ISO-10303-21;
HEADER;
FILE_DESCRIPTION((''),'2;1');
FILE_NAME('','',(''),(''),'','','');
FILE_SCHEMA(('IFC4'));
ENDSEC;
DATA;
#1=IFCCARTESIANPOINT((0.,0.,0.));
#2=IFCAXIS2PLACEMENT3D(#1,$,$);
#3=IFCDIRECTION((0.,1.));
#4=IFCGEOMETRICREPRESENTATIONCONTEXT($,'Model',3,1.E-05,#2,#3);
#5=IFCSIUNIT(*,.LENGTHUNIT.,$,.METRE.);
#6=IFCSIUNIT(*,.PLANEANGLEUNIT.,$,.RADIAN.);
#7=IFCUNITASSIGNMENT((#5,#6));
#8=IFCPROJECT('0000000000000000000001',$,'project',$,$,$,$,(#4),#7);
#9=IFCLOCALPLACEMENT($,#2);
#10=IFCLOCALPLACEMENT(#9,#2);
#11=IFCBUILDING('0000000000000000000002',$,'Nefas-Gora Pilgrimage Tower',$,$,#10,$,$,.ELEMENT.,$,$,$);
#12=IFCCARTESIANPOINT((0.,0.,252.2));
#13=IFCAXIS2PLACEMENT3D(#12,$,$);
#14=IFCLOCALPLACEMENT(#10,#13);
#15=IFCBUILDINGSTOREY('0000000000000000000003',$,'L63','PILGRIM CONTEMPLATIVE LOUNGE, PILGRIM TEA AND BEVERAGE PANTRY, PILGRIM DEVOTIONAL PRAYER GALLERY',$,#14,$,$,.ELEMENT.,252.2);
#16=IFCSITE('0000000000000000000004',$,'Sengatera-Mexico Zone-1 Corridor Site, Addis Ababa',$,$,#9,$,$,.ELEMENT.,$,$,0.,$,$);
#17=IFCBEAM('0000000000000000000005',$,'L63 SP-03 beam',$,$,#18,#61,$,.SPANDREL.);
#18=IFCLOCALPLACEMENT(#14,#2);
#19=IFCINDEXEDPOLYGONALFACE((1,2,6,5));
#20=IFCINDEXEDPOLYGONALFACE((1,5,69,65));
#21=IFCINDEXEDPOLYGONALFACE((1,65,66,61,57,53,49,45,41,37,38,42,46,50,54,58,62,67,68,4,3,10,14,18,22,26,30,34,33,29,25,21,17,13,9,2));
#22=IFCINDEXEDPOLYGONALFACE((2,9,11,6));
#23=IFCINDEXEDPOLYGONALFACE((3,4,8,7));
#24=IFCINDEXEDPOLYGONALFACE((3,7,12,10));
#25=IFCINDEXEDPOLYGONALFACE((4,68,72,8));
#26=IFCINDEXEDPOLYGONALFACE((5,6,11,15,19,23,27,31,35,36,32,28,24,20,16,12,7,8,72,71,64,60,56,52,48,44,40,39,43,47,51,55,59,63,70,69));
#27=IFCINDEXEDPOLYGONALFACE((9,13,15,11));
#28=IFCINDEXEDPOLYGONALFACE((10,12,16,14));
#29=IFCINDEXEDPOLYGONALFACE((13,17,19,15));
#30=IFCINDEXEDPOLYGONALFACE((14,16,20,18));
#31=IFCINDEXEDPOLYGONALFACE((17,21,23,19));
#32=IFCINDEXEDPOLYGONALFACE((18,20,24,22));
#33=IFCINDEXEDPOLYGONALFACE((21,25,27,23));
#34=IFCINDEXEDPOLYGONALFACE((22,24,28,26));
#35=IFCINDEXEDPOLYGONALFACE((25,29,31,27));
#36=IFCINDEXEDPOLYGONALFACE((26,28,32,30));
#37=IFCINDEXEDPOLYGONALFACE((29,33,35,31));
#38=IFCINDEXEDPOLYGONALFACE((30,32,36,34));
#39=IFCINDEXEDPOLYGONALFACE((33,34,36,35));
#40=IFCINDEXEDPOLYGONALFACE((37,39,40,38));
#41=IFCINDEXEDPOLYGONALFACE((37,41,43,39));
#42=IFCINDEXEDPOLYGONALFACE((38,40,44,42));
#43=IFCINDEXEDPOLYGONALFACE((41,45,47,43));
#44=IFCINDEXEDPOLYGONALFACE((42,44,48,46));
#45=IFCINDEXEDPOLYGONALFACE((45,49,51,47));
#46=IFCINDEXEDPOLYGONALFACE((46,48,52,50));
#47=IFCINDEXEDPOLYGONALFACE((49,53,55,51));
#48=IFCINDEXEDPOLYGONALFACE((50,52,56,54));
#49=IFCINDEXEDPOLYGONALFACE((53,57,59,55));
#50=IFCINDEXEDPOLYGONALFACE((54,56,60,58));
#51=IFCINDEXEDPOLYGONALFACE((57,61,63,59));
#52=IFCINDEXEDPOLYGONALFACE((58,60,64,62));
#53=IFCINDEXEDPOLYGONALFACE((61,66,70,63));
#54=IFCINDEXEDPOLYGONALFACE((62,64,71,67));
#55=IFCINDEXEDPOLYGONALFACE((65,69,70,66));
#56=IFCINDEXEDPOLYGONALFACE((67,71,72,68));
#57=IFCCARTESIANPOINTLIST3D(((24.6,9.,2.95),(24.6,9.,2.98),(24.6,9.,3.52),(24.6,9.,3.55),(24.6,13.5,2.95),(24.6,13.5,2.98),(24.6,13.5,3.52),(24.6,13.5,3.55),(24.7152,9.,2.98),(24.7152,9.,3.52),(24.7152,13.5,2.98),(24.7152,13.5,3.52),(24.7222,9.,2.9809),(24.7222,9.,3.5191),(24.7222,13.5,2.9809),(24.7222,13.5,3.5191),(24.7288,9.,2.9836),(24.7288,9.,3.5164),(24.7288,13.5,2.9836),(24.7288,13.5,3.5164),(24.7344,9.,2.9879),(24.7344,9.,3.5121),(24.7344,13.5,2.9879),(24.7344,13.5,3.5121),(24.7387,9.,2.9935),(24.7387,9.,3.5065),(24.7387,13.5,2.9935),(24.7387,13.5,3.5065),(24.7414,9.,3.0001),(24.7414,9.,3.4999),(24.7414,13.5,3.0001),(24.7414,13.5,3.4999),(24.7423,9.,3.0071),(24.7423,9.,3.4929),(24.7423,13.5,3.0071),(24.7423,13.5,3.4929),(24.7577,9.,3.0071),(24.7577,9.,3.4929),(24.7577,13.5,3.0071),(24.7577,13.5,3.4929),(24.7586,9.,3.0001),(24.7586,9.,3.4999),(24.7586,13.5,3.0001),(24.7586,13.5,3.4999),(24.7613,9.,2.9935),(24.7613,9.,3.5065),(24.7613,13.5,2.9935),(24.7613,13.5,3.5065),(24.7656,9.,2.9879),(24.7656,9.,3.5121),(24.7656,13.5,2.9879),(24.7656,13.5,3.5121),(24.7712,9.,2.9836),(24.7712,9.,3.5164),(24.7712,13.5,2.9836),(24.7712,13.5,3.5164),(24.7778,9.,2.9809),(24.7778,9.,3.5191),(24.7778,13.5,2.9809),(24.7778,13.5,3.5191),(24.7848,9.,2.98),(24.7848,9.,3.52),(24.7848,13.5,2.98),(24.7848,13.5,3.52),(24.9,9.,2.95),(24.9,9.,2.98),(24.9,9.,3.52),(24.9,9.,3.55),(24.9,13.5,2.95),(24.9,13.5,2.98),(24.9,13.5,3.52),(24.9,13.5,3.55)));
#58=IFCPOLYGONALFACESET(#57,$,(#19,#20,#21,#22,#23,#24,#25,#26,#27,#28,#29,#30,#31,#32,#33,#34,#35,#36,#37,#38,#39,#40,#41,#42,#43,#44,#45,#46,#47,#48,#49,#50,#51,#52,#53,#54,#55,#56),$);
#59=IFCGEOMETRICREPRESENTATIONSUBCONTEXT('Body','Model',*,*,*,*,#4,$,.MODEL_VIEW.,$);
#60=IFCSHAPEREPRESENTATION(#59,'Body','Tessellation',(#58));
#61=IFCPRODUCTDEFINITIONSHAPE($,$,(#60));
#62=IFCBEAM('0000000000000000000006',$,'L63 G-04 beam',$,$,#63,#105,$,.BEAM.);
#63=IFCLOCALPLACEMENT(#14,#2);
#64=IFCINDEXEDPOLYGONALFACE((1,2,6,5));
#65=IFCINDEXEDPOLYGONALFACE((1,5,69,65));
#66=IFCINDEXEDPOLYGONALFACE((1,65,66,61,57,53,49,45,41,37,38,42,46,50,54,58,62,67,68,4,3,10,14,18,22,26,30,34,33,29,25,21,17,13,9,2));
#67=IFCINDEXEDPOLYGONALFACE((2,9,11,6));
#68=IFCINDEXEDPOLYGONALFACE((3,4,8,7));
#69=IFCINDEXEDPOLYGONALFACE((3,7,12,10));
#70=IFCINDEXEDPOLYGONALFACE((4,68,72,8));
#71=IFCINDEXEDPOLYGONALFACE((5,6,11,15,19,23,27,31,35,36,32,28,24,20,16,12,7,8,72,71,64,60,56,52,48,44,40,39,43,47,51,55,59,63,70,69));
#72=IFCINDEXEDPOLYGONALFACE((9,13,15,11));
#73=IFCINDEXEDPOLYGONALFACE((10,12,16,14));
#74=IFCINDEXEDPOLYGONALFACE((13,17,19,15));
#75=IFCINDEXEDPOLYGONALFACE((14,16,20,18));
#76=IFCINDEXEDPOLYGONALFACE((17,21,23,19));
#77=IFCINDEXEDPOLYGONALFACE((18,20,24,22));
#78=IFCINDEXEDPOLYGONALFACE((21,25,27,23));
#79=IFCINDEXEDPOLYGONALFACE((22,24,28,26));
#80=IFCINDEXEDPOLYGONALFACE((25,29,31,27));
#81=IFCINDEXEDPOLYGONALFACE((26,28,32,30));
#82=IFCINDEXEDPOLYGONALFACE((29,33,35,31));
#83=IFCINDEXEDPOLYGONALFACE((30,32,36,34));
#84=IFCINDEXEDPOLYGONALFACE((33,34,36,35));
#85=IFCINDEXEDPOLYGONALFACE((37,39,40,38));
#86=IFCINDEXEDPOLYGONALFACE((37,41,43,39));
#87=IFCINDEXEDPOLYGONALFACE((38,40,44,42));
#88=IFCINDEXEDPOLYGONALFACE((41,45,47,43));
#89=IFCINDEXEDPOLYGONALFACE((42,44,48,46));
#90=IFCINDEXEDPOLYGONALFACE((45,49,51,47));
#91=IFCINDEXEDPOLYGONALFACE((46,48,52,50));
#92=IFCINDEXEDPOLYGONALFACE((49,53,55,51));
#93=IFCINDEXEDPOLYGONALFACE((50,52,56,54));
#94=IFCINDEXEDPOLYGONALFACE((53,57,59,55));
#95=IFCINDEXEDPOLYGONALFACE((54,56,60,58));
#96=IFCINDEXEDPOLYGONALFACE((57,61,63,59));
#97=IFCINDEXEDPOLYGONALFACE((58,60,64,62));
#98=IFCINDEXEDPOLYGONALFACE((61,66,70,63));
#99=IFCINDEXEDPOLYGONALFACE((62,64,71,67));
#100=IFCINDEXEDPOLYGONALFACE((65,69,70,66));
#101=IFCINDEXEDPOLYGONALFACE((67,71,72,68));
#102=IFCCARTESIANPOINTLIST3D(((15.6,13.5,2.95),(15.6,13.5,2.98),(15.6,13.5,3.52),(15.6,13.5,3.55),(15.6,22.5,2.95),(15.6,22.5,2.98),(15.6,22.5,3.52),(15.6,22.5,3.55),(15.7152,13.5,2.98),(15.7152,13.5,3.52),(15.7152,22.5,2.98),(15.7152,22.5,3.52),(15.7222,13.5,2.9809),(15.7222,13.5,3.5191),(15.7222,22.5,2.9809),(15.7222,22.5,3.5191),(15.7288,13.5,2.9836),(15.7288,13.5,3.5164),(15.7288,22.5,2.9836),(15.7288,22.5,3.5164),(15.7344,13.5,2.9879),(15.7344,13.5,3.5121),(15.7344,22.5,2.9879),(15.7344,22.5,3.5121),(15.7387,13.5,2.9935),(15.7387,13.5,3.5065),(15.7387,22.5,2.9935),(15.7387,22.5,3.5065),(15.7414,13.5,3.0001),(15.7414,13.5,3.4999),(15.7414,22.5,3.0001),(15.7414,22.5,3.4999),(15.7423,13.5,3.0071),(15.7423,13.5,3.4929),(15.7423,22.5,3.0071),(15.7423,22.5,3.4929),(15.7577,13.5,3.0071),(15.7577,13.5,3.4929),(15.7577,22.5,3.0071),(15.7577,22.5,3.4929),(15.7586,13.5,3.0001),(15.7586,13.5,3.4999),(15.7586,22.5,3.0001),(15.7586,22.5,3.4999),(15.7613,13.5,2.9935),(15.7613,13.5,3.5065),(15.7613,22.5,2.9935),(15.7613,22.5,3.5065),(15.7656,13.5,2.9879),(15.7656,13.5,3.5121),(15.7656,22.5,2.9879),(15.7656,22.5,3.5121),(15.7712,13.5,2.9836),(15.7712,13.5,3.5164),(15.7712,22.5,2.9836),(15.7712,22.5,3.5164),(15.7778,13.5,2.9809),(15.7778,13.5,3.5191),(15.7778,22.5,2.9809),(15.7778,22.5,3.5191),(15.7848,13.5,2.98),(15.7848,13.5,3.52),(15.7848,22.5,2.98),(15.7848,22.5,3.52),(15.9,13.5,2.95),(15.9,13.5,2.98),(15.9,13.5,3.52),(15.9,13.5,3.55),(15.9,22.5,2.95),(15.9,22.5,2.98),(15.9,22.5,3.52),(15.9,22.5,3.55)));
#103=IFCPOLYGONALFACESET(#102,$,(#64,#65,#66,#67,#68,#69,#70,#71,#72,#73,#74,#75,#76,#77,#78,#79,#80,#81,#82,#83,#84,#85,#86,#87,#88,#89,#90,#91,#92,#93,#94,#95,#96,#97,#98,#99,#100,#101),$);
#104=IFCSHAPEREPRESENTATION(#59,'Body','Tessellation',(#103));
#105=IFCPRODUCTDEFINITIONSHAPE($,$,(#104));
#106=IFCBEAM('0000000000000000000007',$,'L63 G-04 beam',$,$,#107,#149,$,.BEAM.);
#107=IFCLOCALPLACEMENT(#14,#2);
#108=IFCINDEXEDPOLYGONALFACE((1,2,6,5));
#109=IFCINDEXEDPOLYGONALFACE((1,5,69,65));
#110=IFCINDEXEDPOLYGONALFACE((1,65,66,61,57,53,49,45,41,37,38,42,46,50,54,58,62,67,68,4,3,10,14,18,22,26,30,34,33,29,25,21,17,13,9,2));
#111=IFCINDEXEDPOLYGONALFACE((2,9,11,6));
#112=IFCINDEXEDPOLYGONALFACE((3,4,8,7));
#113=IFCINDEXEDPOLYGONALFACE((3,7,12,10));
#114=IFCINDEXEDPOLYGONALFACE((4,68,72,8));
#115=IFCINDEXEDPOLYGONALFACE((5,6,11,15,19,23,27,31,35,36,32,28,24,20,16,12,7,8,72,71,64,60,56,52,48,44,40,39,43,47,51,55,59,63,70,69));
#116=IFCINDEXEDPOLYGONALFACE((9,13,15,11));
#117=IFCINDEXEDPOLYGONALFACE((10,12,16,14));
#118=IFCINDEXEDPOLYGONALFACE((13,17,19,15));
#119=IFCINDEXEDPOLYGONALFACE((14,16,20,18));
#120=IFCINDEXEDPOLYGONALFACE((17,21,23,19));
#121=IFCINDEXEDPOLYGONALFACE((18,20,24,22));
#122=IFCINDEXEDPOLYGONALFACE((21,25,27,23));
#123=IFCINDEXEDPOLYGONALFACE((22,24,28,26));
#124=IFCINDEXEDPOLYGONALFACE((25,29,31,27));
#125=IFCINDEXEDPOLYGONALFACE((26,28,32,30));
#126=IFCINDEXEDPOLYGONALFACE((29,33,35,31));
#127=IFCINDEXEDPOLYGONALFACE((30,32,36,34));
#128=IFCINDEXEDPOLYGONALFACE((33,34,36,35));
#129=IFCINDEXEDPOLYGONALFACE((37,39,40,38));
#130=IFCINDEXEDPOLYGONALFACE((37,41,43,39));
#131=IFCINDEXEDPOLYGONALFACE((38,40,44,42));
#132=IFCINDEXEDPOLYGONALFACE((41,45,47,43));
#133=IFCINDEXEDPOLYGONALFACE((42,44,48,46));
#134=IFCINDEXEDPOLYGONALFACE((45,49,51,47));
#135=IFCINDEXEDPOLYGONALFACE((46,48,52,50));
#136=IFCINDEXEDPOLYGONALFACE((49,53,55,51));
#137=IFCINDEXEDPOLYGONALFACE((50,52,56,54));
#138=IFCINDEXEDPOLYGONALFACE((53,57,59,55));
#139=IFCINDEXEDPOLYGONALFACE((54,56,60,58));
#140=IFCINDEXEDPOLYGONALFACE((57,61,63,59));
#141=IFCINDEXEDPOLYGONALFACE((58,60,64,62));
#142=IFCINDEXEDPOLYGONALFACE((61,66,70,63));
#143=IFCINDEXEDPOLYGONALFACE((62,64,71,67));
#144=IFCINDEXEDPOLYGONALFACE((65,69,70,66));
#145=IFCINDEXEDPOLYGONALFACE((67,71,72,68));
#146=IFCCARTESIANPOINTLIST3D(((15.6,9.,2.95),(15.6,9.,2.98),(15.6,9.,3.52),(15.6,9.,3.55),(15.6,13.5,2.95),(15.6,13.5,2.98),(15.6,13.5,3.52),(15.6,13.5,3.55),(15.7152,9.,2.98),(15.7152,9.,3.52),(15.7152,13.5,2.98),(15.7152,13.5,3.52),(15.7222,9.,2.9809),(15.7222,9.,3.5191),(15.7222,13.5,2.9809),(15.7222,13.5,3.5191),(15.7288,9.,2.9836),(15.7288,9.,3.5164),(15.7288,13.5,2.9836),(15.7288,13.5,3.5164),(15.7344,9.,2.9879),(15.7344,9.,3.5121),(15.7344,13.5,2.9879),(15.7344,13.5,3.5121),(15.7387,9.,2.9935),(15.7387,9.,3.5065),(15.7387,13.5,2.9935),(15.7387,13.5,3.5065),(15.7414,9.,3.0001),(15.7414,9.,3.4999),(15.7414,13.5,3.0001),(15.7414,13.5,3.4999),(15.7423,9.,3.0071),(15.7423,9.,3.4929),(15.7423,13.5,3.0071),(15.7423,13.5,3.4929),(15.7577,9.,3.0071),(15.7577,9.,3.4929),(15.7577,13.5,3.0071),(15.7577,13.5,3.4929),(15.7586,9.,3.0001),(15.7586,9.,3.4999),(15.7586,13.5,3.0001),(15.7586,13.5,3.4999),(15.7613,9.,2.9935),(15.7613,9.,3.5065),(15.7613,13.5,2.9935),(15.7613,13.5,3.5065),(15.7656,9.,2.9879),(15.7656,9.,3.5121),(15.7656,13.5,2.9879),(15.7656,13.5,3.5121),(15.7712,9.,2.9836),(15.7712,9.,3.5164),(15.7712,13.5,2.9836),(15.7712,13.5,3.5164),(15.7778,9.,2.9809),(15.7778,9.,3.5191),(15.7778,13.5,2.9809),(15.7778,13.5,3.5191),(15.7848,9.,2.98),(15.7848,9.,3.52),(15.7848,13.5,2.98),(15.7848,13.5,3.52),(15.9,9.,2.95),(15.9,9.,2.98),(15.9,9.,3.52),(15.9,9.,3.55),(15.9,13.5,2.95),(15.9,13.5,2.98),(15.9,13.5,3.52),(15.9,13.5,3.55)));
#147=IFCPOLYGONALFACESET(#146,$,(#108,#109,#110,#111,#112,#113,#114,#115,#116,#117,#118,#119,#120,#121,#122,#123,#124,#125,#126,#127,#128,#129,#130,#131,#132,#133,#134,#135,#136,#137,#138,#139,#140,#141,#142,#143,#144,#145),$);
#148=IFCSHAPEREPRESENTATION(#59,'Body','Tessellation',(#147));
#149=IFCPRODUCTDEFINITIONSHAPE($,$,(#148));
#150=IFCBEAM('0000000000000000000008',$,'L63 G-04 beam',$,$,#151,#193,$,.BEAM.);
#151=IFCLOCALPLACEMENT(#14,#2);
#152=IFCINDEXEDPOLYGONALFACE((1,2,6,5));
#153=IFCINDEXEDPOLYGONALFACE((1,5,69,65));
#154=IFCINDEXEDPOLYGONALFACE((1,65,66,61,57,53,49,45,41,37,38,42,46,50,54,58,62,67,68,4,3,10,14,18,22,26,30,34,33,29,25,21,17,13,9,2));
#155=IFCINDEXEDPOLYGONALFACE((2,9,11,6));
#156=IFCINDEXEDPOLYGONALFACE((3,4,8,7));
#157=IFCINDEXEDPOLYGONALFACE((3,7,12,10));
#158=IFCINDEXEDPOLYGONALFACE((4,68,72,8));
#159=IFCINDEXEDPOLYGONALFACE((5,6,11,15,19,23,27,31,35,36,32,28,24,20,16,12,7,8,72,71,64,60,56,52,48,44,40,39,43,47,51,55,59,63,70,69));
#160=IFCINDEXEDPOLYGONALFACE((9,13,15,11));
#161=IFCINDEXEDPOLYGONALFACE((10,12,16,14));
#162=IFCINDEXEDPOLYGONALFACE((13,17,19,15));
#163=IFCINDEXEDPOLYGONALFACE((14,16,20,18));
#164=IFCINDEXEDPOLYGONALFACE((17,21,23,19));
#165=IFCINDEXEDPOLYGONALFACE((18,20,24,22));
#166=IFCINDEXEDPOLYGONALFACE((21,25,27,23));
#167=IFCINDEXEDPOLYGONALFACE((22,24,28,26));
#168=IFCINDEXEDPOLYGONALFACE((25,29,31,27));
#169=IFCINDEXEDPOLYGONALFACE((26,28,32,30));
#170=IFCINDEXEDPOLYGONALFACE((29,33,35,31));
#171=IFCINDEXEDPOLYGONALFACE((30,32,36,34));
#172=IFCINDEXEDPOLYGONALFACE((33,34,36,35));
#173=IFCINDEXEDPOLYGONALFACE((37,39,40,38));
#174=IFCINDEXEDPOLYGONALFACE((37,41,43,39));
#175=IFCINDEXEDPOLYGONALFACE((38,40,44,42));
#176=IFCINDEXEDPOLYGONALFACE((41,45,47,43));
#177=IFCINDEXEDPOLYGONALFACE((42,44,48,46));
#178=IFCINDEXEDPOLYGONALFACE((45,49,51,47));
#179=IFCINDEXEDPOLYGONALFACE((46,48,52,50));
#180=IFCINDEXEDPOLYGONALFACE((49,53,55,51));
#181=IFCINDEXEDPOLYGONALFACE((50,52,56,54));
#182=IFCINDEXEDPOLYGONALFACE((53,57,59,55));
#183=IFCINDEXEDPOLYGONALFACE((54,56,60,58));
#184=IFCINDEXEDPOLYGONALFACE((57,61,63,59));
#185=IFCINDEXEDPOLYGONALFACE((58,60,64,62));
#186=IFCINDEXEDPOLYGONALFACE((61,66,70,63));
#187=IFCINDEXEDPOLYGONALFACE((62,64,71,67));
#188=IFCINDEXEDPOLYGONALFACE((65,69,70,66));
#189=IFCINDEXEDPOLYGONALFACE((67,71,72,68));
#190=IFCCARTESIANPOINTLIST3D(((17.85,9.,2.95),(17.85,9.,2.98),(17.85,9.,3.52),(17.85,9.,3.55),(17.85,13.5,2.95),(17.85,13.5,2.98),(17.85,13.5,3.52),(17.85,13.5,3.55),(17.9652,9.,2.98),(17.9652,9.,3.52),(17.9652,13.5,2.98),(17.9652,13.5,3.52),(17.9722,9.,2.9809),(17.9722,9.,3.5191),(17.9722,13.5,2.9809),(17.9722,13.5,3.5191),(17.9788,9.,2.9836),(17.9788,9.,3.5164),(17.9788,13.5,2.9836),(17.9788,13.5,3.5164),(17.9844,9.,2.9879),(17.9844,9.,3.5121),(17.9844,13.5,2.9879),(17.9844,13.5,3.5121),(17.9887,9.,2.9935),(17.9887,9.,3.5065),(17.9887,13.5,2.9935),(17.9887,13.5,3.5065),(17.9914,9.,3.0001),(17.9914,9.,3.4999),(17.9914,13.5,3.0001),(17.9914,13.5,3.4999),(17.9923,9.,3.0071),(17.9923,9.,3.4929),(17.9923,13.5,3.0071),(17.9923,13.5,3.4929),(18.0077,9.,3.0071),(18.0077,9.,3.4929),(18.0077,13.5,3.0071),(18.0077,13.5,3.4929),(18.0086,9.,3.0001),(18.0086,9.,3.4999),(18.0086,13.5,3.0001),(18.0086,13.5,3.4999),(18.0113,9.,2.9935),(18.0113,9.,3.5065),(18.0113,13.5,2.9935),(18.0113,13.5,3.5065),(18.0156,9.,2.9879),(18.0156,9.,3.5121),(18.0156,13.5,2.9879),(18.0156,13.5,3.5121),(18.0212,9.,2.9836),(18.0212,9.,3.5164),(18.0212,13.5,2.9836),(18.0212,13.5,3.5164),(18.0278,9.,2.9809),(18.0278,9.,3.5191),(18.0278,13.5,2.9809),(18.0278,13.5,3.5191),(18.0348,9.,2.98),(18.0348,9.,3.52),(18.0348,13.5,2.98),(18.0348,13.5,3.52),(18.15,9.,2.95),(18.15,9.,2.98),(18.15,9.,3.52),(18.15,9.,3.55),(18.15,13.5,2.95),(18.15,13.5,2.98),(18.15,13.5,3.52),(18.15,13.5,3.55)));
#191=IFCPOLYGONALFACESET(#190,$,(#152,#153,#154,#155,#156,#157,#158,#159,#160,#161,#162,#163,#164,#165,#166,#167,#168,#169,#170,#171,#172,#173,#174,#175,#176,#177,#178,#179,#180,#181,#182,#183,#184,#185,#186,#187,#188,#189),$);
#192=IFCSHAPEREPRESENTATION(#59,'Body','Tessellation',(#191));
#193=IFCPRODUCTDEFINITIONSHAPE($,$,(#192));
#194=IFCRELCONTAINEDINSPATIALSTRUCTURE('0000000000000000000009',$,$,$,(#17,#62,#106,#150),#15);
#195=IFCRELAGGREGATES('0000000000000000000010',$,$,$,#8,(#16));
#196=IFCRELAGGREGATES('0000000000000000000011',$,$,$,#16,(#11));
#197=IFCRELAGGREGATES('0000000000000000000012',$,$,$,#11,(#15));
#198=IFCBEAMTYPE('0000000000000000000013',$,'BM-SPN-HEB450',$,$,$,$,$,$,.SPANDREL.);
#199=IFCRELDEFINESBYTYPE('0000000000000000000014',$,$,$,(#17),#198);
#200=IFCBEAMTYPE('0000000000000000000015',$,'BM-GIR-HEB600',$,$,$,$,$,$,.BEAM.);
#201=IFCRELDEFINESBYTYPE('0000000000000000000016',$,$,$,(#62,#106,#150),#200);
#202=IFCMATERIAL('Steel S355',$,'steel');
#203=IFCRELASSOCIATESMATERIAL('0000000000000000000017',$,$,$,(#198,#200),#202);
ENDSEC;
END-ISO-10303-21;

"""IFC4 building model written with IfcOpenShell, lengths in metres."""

from ifc_helpers import new_model, si_unit, direction, frame, origin, origin_2d, place, context, subcontext, project, spatial, i_section, extrude, source, transform, mapped, material, material_profile, profile_set, type_object, element, save


model = new_model("IFC4")

# Units and contexts
model_context = context("Model", 3, precision=1e-05, world=origin(), true_north=direction((0.0, 1.0)))
body_context = subcontext(model_context, "Body", "Model", "MODEL_VIEW")
ifc_project = project(units=[si_unit("LENGTHUNIT", "METRE"), si_unit("PLANEANGLEUNIT", "RADIAN")], contexts=[model_context])

# Site, building, storey
site_placement = place(None, origin())
site = spatial("IfcSite", under=ifc_project, at=site_placement, Name="Sengatera-Mexico Zone-1 Corridor Site, Addis Ababa", CompositionType="ELEMENT", RefElevation=0.0)
building_placement = place(site_placement, origin())
building = spatial("IfcBuilding", under=site, at=building_placement, Name="Nefas-Gora Pilgrimage Tower", CompositionType="ELEMENT")
storey_placement = place(building_placement, frame((0.0, 0.0, 252.2)))
storey = spatial("IfcBuildingStorey", under=building, at=storey_placement, Name="L63", Description="PILGRIM CONTEMPLATIVE LOUNGE, PILGRIM TEA AND BEVERAGE PANTRY, PILGRIM DEVOTIONAL PRAYER GALLERY", CompositionType="ELEMENT", Elevation=252.2)

# Beams
ifc_material_1 = material(Name="Steel S355", Category="steel")
ifc_material_profile_1 = material_profile(ifc_material_1, i_section(OverallWidth=0.3, OverallDepth=0.6001, WebThickness=0.0154, FlangeThickness=0.03, FilletRadius=0.0271, at=origin_2d()), Name="HEB 600")
ifc_profile_set_1 = profile_set([ifc_material_profile_1], Name="Steel S355")
beam_type_1 = type_object("IfcBeamType", Name="BM-SPN-HEB450", PredefinedType="SPANDREL", material=ifc_profile_set_1)
shared_shape_1 = source(origin(), body_context, "Body", "SweptSolid", [
    extrude(i_section(OverallWidth=0.3, OverallDepth=0.6001, WebThickness=0.0154, FlangeThickness=0.03, FilletRadius=0.0271, at=origin_2d()), origin(), (0.0, 0.0, 1.0), 4.5),
])
beam_1_placement = place(storey_placement, frame((24.75, 9.0, 3.25), z_axis=(0.0, 1.0, 0.0), x_axis=(-1.0, 0.0, 0.0)))
element("IfcBeam", 1, at=beam_1_placement, inside=storey, type_object=beam_type_1, Name="L63 SP-03 beam", PredefinedType="SPANDREL", context=body_context, shape_type="MappedRepresentation", body=[
    mapped(shared_shape_1, transform((0.0, 0.0, 0.0), x_axis=(1.0, 0.0, 0.0), y_axis=(0.0, 1.0, 0.0), z_axis=(0.0, 0.0, 1.0), scale=1.0)),
])
ifc_material_profile_2 = material_profile(ifc_material_1, i_section(OverallWidth=0.3, OverallDepth=0.6001, WebThickness=0.0154, FlangeThickness=0.03, FilletRadius=0.0271, at=origin_2d()), Name="HEB 600")
ifc_profile_set_2 = profile_set([ifc_material_profile_2], Name="Steel S355")
beam_type_2 = type_object("IfcBeamType", Name="BM-GIR-HEB600", PredefinedType="BEAM", material=ifc_profile_set_2)
shared_shape_2 = source(origin(), body_context, "Body", "SweptSolid", [
    extrude(i_section(OverallWidth=0.3, OverallDepth=0.6001, WebThickness=0.0154, FlangeThickness=0.03, FilletRadius=0.0271, at=origin_2d()), origin(), (0.0, 0.0, 1.0), 9.0),
])
beam_2_placement = place(storey_placement, frame((15.75, 13.5, 3.25), z_axis=(0.0, 1.0, 0.0), x_axis=(-1.0, 0.0, 0.0)))
element("IfcBeam", 2, at=beam_2_placement, inside=storey, type_object=beam_type_2, Name="L63 G-04 beam", PredefinedType="BEAM", context=body_context, shape_type="MappedRepresentation", body=[
    mapped(shared_shape_2, transform((0.0, 0.0, 0.0), x_axis=(1.0, 0.0, 0.0), y_axis=(0.0, 1.0, 0.0), z_axis=(0.0, 0.0, 1.0), scale=1.0)),
])
shared_shape_3 = source(origin(), body_context, "Body", "SweptSolid", [
    extrude(i_section(OverallWidth=0.3, OverallDepth=0.6001, WebThickness=0.0154, FlangeThickness=0.03, FilletRadius=0.0271, at=origin_2d()), origin(), (0.0, 0.0, 1.0), 4.5),
])
for number, where, z_axis, x_axis, name in (
    (3, (15.75, 9.0, 3.25), (0.0, 1.0, 0.0), (-1.0, 0.0, 0.0), "L63 G-04 beam"),
    (4, (18.0, 9.0, 3.25), (0.0, 1.0, 0.0), (-1.0, 0.0, 0.0), "L63 G-04 beam"),
):
    element("IfcBeam", number, at=place(storey_placement, frame(where, z_axis=z_axis, x_axis=x_axis)), inside=storey, type_object=beam_type_2, Name=name, PredefinedType="BEAM", context=body_context, shape_type="MappedRepresentation", body=[
        mapped(shared_shape_3, transform((0.0, 0.0, 0.0), x_axis=(1.0, 0.0, 0.0), y_axis=(0.0, 1.0, 0.0), z_axis=(0.0, 0.0, 1.0), scale=1.0)),
    ])

save(model, "model.ifc")
